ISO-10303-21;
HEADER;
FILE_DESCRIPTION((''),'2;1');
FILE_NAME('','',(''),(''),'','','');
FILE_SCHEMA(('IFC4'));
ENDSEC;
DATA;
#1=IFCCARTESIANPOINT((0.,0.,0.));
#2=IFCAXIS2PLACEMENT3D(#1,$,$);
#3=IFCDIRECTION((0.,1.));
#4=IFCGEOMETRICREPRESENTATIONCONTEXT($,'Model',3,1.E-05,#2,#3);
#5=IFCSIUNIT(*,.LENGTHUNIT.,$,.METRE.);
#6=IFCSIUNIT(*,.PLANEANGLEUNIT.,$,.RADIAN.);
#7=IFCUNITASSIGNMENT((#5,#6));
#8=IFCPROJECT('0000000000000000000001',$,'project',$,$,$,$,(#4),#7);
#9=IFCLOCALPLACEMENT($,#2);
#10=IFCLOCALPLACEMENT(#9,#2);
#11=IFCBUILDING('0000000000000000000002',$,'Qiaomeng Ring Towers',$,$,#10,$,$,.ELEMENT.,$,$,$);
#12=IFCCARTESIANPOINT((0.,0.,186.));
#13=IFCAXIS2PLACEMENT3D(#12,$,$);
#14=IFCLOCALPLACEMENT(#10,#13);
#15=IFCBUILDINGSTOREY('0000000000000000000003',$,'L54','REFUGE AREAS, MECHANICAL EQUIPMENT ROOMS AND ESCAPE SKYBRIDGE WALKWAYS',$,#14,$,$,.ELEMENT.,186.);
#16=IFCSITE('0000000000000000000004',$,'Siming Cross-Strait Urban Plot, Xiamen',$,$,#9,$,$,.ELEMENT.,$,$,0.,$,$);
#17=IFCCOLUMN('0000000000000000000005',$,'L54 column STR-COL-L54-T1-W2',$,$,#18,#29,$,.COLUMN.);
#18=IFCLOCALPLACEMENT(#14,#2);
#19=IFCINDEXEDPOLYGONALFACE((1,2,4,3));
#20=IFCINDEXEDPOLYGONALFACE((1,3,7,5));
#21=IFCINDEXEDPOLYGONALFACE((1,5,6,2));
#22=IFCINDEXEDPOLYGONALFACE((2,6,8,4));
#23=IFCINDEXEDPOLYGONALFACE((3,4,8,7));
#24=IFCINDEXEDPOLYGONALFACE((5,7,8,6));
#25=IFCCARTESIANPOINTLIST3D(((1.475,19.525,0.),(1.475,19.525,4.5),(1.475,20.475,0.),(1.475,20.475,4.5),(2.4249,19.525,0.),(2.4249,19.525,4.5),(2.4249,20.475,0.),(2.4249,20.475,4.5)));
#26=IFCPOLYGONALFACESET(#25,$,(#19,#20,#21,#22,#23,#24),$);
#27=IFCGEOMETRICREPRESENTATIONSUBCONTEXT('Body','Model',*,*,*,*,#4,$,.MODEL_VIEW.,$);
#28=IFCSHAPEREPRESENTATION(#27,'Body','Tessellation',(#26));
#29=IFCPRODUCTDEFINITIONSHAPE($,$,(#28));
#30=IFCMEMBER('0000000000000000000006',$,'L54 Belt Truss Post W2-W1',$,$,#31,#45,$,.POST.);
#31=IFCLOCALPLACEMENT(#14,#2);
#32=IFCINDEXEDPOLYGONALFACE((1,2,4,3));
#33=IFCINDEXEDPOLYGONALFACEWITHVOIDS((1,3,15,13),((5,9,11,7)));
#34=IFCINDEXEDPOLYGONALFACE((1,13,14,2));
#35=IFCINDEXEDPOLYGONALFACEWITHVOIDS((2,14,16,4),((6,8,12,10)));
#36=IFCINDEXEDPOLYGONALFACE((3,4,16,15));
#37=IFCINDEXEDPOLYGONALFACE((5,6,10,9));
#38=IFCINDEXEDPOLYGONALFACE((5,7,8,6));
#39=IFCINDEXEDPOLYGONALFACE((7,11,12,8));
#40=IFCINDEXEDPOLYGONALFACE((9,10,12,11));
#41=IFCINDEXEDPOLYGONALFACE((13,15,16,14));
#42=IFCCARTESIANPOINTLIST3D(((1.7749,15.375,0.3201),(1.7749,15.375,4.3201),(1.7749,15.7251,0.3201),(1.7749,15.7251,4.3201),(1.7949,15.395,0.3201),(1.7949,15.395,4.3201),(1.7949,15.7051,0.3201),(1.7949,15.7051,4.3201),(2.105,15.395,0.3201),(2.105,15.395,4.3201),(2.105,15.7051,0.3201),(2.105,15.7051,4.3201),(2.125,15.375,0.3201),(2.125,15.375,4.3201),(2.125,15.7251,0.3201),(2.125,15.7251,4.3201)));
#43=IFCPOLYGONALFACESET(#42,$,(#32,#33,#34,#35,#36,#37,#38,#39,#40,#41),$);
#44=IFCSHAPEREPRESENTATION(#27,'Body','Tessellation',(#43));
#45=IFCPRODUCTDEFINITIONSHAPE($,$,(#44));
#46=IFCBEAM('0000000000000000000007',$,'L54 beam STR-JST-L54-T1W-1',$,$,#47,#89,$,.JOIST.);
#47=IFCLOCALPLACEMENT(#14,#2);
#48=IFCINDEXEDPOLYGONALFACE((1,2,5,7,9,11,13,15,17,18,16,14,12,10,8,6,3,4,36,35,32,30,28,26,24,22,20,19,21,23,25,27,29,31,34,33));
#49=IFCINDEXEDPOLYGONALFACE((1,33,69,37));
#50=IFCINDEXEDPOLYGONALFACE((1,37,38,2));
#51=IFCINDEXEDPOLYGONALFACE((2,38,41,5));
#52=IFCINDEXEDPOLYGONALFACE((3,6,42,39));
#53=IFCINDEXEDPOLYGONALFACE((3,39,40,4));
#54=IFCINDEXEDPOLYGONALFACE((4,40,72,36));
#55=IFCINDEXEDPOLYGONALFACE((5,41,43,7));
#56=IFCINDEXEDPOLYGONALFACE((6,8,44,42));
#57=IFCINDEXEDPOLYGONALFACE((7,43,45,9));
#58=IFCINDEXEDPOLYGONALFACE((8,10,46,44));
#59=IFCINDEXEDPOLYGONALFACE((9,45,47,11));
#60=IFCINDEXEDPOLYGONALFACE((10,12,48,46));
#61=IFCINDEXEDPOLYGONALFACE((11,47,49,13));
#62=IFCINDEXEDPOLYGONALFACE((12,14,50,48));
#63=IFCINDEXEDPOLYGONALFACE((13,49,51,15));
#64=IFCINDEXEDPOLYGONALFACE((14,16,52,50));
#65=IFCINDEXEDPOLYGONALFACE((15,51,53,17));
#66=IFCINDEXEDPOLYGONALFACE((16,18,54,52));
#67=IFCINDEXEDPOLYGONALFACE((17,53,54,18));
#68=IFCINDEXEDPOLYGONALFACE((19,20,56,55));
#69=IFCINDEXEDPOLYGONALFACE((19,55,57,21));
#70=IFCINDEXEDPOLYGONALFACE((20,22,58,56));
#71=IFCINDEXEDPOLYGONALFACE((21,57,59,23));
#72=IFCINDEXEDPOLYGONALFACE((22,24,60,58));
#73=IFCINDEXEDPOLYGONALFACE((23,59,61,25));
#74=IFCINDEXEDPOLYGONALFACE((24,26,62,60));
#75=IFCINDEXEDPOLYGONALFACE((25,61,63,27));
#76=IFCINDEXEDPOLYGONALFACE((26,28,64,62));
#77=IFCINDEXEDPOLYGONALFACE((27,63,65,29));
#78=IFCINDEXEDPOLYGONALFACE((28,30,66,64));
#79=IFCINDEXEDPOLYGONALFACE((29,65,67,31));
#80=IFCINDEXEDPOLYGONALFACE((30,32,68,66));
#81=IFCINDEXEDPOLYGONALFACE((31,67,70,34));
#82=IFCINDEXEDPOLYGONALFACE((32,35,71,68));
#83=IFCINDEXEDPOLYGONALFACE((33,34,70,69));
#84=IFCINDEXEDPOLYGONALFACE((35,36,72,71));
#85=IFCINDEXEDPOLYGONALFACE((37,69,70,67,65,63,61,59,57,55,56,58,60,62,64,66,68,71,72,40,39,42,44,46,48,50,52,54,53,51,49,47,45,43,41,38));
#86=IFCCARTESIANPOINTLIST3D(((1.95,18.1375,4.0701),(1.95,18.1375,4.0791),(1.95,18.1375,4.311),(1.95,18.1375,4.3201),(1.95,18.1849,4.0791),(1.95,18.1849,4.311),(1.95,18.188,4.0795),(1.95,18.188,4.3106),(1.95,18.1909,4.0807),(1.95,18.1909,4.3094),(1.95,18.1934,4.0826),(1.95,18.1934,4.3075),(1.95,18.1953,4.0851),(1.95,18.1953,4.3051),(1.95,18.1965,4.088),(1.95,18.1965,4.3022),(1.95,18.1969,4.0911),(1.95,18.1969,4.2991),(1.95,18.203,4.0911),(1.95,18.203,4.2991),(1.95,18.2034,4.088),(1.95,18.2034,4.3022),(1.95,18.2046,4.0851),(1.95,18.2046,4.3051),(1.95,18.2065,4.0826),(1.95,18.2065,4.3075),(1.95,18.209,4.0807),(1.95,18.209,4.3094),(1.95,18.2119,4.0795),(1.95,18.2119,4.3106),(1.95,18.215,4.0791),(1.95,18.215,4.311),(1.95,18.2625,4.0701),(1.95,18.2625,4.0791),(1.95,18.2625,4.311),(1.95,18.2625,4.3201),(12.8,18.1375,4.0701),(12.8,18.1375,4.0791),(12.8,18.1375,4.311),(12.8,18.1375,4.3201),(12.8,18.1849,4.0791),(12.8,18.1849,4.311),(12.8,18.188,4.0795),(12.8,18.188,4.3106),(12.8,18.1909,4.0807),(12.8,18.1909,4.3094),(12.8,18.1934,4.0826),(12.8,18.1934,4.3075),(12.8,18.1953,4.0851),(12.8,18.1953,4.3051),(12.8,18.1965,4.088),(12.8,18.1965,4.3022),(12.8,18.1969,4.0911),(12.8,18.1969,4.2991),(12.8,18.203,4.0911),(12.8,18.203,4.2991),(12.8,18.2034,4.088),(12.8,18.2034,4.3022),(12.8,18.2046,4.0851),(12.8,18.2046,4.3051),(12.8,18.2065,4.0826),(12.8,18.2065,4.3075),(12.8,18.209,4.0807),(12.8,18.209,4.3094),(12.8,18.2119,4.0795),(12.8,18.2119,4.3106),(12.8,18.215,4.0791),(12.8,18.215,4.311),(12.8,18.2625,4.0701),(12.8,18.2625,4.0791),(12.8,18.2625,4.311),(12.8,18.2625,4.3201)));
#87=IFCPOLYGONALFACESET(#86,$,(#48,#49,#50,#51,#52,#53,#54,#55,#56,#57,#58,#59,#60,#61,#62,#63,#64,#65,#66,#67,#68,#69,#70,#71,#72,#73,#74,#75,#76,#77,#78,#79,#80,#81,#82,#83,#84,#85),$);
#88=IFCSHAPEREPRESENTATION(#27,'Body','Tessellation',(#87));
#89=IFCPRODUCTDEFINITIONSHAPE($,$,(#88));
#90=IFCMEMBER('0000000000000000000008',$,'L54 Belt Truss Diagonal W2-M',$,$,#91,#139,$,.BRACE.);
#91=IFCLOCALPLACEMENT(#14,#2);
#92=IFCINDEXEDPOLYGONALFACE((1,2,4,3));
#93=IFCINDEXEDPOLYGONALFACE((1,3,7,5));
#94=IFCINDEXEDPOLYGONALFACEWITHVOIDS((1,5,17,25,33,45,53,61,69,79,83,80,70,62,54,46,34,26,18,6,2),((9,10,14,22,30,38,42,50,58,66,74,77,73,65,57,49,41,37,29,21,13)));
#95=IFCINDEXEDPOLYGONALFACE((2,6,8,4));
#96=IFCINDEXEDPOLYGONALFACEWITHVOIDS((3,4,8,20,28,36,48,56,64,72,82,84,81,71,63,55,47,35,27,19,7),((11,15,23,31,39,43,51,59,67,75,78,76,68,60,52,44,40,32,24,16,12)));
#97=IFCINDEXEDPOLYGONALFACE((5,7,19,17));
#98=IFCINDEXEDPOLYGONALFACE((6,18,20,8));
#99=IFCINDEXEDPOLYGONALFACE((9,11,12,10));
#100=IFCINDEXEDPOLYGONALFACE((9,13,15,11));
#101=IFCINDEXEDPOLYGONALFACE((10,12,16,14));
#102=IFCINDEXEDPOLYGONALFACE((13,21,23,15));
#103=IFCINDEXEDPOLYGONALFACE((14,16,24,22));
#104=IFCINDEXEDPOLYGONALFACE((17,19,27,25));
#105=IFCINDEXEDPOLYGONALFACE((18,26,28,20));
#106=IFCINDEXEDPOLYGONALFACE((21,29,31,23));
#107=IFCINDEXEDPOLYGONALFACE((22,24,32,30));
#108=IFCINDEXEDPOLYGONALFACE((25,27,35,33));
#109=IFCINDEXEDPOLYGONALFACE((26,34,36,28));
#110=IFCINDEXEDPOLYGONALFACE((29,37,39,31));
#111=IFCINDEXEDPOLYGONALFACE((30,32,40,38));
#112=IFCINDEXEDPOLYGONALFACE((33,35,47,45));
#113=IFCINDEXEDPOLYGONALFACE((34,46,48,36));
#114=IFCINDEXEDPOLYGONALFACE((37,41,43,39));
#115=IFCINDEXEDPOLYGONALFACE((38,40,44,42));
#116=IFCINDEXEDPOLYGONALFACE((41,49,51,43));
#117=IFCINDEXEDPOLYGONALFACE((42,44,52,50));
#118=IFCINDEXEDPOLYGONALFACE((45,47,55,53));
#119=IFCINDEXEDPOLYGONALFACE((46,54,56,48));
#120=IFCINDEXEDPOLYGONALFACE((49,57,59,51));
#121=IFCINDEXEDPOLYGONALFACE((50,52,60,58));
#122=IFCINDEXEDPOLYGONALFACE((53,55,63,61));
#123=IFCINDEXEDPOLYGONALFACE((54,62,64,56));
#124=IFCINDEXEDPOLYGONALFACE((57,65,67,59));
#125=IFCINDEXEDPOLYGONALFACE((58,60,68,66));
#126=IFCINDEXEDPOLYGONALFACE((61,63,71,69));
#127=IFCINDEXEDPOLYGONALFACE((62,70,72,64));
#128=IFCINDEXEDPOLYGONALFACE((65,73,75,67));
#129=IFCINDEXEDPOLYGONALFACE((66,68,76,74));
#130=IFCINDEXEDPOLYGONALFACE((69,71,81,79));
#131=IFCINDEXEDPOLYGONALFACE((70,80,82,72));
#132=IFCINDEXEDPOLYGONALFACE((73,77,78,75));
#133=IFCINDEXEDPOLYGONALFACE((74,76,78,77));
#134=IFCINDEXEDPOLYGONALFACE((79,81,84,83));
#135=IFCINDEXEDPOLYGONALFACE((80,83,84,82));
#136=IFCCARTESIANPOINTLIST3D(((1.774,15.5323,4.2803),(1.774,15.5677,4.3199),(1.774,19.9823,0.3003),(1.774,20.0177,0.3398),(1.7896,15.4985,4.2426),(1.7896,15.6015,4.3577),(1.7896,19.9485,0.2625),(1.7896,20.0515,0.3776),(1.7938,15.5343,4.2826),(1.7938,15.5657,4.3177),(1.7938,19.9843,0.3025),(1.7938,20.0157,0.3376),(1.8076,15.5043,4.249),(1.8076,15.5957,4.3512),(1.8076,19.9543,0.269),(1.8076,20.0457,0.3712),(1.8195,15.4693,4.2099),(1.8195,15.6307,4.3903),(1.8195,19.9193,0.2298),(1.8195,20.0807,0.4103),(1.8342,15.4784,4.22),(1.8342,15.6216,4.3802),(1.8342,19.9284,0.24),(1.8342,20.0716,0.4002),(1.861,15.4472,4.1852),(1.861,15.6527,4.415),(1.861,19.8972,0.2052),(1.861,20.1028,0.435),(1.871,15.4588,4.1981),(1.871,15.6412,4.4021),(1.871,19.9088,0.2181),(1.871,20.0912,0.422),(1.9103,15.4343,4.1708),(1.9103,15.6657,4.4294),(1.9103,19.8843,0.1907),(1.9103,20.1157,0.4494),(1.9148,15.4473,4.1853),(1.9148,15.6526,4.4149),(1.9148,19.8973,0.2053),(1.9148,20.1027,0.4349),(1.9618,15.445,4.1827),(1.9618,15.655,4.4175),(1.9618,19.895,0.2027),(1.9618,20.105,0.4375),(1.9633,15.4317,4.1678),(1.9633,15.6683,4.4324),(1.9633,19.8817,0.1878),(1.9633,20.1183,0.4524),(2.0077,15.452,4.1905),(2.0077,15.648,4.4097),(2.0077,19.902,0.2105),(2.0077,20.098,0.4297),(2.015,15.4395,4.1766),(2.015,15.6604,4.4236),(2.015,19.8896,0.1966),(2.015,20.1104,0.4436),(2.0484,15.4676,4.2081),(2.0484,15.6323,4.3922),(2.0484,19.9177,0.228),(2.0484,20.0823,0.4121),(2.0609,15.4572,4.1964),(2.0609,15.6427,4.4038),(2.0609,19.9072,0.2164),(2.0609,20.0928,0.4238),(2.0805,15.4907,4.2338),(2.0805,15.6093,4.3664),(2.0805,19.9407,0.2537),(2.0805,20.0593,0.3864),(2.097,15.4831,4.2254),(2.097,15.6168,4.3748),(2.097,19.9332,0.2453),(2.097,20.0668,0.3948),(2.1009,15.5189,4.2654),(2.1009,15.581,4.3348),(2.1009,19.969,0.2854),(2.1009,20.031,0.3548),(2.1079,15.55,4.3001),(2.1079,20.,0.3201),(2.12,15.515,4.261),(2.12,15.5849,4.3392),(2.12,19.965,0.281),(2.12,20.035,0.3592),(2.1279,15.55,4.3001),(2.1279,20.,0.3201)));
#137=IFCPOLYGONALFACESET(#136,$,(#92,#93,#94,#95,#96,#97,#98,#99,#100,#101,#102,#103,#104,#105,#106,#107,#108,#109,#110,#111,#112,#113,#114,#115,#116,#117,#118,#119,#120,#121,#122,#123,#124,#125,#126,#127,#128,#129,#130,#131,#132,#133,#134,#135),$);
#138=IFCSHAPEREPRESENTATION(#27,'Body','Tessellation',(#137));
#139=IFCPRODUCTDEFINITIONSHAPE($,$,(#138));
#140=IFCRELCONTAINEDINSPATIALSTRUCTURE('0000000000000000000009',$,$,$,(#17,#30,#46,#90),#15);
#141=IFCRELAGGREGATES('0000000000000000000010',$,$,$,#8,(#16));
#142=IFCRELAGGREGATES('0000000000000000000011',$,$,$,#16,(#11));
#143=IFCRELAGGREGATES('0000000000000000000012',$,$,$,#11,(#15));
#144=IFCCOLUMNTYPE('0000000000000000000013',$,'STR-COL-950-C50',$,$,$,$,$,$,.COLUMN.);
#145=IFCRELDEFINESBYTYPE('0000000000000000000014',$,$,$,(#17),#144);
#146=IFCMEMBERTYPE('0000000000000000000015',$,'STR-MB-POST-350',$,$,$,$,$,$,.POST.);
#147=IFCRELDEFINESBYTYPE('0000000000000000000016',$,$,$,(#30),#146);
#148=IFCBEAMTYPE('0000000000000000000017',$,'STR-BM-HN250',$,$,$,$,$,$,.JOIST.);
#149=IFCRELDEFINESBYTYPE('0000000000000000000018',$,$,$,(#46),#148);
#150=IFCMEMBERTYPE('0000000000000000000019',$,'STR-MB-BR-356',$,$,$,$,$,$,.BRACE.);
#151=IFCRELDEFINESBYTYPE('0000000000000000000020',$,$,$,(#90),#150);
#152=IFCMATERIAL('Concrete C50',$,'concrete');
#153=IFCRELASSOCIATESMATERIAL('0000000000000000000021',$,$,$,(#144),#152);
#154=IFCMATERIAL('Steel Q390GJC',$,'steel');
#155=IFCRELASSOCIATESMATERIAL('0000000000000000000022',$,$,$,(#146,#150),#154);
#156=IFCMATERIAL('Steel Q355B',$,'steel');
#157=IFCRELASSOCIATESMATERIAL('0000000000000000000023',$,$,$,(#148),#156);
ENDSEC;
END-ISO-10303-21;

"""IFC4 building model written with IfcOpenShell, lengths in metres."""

from ifc_helpers import new_model, si_unit, direction, frame, origin, origin_2d, place, context, subcontext, project, spatial, rectangle, hollow_rectangle, hollow_circle, i_section, extrude, source, transform, mapped, material, material_profile, profile_set, type_object, element, save


model = new_model("IFC4")

# Units and contexts
model_context = context("Model", 3, precision=1e-05, world=origin(), true_north=direction((0.0, 1.0)))
body_context = subcontext(model_context, "Body", "Model", "MODEL_VIEW")
ifc_project = project(units=[si_unit("LENGTHUNIT", "METRE"), si_unit("PLANEANGLEUNIT", "RADIAN")], contexts=[model_context])

# Site, building, storey
site_placement = place(None, origin())
site = spatial("IfcSite", under=ifc_project, at=site_placement, Name="Siming Cross-Strait Urban Plot, Xiamen", CompositionType="ELEMENT", RefElevation=0.0)
building_placement = place(site_placement, origin())
building = spatial("IfcBuilding", under=site, at=building_placement, Name="Qiaomeng Ring Towers", CompositionType="ELEMENT")
storey_placement = place(building_placement, frame((0.0, 0.0, 186.0)))
storey = spatial("IfcBuildingStorey", under=building, at=storey_placement, Name="L54", Description="REFUGE AREAS, MECHANICAL EQUIPMENT ROOMS AND ESCAPE SKYBRIDGE WALKWAYS", CompositionType="ELEMENT", Elevation=186.0)

# Column
ifc_material_1 = material(Name="Concrete C50", Category="concrete")
ifc_material_profile_1 = material_profile(ifc_material_1, rectangle(XDim=0.95, YDim=0.95, at=origin_2d()), Name="RC COL 950x950")
ifc_profile_set_1 = profile_set([ifc_material_profile_1], Name="Concrete C50")
column_type = type_object("IfcColumnType", Name="STR-COL-950-C50", PredefinedType="COLUMN", material=ifc_profile_set_1)
shared_shape_1 = source(origin(), body_context, "Body", "SweptSolid", [
    extrude(rectangle(XDim=0.95, YDim=0.95, at=origin_2d()), origin(), (0.0, 0.0, 1.0), 4.5),
])
column_placement = place(storey_placement, frame((1.95, 20.0, 0.0), z_axis=(0.0, 0.0, 1.0), x_axis=(1.0, 0.0, 0.0)))
element("IfcColumn", 1, at=column_placement, inside=storey, type_object=column_type, Name="L54 column STR-COL-L54-T1-W2", PredefinedType="COLUMN", context=body_context, shape_type="MappedRepresentation", body=[
    mapped(shared_shape_1, transform((0.0, 0.0, 0.0), x_axis=(1.0, 0.0, 0.0), y_axis=(0.0, 1.0, 0.0), z_axis=(0.0, 0.0, 1.0), scale=1.0)),
])

# Member
ifc_material_2 = material(Name="Steel Q390GJC", Category="steel")
ifc_material_profile_2 = material_profile(ifc_material_2, hollow_rectangle(XDim=0.3501, YDim=0.3501, WallThickness=0.02, at=origin_2d()), Name="SHS 350x350x20")
ifc_profile_set_2 = profile_set([ifc_material_profile_2], Name="Steel Q390GJC")
member_type_1 = type_object("IfcMemberType", Name="STR-MB-POST-350", PredefinedType="POST", material=ifc_profile_set_2)
shared_shape_2 = source(origin(), body_context, "Body", "SweptSolid", [
    extrude(hollow_rectangle(XDim=0.3501, YDim=0.3501, WallThickness=0.02, at=origin_2d()), origin(), (0.0, 0.0, 1.0), 4.0),
])
member_1_placement = place(storey_placement, frame((1.95, 15.55, 0.3201), z_axis=(0.0, 0.0, 1.0), x_axis=(1.0, 0.0, 0.0)))
element("IfcMember", 2, at=member_1_placement, inside=storey, type_object=member_type_1, Name="L54 Belt Truss Post W2-W1", PredefinedType="POST", context=body_context, shape_type="MappedRepresentation", body=[
    mapped(shared_shape_2, transform((0.0, 0.0, 0.0), x_axis=(1.0, 0.0, 0.0), y_axis=(0.0, 1.0, 0.0), z_axis=(0.0, 0.0, 1.0), scale=1.0)),
])

# Beam
ifc_material_3 = material(Name="Steel Q355B", Category="steel")
ifc_material_profile_3 = material_profile(ifc_material_3, i_section(OverallWidth=0.125, OverallDepth=0.25, WebThickness=0.0061, FlangeThickness=0.009, FilletRadius=0.012, at=origin_2d()), Name="HN 250x125x6x9")
ifc_profile_set_3 = profile_set([ifc_material_profile_3], Name="Steel Q355B")
beam_type_1 = type_object("IfcBeamType", Name="STR-BM-HN250", PredefinedType="JOIST", material=ifc_profile_set_3)
shared_shape_3 = source(origin(), body_context, "Body", "SweptSolid", [
    extrude(i_section(OverallWidth=0.125, OverallDepth=0.25, WebThickness=0.0061, FlangeThickness=0.009, FilletRadius=0.012, at=origin_2d()), origin(), (0.0, 0.0, 1.0), 10.8501),
])
beam_1_placement = place(storey_placement, frame((1.95, 18.2, 4.1951), z_axis=(1.0, 0.0, 0.0), x_axis=(0.0, 1.0, 0.0)))
element("IfcBeam", 3, at=beam_1_placement, inside=storey, type_object=beam_type_1, Name="L54 beam STR-JST-L54-T1W-1", PredefinedType="JOIST", context=body_context, shape_type="MappedRepresentation", body=[
    mapped(shared_shape_3, transform((0.0, 0.0, 0.0), x_axis=(1.0, 0.0, 0.0), y_axis=(0.0, 1.0, 0.0), z_axis=(0.0, 0.0, 1.0), scale=1.0)),
])

# Member
ifc_material_profile_4 = material_profile(ifc_material_2, hollow_circle(Radius=0.178, WallThickness=0.02, at=origin_2d()), Name="CHS 356x20")
ifc_profile_set_4 = profile_set([ifc_material_profile_4], Name="Steel Q390GJC")
member_type_2 = type_object("IfcMemberType", Name="STR-MB-BR-356", PredefinedType="BRACE", material=ifc_profile_set_4)
shared_shape_4 = source(origin(), body_context, "Body", "SweptSolid", [
    extrude(hollow_circle(Radius=0.178, WallThickness=0.02, at=origin_2d()), origin(), (0.0, 0.0, 1.0), 5.9702),
])
member_2_placement = place(storey_placement, frame((1.95, 20.0, 0.3201), z_axis=(0.0, -0.745371, 0.66665), x_axis=(1.0, 0.0, 0.0)))
element("IfcMember", 4, at=member_2_placement, inside=storey, type_object=member_type_2, Name="L54 Belt Truss Diagonal W2-M", PredefinedType="BRACE", context=body_context, shape_type="MappedRepresentation", body=[
    mapped(shared_shape_4, transform((0.0, 0.0, 0.0), x_axis=(1.0, 0.0, 0.0), y_axis=(0.0, 1.0, 0.0), z_axis=(0.0, 0.0, 1.0), scale=1.0)),
])

save(model, "model.ifc")
